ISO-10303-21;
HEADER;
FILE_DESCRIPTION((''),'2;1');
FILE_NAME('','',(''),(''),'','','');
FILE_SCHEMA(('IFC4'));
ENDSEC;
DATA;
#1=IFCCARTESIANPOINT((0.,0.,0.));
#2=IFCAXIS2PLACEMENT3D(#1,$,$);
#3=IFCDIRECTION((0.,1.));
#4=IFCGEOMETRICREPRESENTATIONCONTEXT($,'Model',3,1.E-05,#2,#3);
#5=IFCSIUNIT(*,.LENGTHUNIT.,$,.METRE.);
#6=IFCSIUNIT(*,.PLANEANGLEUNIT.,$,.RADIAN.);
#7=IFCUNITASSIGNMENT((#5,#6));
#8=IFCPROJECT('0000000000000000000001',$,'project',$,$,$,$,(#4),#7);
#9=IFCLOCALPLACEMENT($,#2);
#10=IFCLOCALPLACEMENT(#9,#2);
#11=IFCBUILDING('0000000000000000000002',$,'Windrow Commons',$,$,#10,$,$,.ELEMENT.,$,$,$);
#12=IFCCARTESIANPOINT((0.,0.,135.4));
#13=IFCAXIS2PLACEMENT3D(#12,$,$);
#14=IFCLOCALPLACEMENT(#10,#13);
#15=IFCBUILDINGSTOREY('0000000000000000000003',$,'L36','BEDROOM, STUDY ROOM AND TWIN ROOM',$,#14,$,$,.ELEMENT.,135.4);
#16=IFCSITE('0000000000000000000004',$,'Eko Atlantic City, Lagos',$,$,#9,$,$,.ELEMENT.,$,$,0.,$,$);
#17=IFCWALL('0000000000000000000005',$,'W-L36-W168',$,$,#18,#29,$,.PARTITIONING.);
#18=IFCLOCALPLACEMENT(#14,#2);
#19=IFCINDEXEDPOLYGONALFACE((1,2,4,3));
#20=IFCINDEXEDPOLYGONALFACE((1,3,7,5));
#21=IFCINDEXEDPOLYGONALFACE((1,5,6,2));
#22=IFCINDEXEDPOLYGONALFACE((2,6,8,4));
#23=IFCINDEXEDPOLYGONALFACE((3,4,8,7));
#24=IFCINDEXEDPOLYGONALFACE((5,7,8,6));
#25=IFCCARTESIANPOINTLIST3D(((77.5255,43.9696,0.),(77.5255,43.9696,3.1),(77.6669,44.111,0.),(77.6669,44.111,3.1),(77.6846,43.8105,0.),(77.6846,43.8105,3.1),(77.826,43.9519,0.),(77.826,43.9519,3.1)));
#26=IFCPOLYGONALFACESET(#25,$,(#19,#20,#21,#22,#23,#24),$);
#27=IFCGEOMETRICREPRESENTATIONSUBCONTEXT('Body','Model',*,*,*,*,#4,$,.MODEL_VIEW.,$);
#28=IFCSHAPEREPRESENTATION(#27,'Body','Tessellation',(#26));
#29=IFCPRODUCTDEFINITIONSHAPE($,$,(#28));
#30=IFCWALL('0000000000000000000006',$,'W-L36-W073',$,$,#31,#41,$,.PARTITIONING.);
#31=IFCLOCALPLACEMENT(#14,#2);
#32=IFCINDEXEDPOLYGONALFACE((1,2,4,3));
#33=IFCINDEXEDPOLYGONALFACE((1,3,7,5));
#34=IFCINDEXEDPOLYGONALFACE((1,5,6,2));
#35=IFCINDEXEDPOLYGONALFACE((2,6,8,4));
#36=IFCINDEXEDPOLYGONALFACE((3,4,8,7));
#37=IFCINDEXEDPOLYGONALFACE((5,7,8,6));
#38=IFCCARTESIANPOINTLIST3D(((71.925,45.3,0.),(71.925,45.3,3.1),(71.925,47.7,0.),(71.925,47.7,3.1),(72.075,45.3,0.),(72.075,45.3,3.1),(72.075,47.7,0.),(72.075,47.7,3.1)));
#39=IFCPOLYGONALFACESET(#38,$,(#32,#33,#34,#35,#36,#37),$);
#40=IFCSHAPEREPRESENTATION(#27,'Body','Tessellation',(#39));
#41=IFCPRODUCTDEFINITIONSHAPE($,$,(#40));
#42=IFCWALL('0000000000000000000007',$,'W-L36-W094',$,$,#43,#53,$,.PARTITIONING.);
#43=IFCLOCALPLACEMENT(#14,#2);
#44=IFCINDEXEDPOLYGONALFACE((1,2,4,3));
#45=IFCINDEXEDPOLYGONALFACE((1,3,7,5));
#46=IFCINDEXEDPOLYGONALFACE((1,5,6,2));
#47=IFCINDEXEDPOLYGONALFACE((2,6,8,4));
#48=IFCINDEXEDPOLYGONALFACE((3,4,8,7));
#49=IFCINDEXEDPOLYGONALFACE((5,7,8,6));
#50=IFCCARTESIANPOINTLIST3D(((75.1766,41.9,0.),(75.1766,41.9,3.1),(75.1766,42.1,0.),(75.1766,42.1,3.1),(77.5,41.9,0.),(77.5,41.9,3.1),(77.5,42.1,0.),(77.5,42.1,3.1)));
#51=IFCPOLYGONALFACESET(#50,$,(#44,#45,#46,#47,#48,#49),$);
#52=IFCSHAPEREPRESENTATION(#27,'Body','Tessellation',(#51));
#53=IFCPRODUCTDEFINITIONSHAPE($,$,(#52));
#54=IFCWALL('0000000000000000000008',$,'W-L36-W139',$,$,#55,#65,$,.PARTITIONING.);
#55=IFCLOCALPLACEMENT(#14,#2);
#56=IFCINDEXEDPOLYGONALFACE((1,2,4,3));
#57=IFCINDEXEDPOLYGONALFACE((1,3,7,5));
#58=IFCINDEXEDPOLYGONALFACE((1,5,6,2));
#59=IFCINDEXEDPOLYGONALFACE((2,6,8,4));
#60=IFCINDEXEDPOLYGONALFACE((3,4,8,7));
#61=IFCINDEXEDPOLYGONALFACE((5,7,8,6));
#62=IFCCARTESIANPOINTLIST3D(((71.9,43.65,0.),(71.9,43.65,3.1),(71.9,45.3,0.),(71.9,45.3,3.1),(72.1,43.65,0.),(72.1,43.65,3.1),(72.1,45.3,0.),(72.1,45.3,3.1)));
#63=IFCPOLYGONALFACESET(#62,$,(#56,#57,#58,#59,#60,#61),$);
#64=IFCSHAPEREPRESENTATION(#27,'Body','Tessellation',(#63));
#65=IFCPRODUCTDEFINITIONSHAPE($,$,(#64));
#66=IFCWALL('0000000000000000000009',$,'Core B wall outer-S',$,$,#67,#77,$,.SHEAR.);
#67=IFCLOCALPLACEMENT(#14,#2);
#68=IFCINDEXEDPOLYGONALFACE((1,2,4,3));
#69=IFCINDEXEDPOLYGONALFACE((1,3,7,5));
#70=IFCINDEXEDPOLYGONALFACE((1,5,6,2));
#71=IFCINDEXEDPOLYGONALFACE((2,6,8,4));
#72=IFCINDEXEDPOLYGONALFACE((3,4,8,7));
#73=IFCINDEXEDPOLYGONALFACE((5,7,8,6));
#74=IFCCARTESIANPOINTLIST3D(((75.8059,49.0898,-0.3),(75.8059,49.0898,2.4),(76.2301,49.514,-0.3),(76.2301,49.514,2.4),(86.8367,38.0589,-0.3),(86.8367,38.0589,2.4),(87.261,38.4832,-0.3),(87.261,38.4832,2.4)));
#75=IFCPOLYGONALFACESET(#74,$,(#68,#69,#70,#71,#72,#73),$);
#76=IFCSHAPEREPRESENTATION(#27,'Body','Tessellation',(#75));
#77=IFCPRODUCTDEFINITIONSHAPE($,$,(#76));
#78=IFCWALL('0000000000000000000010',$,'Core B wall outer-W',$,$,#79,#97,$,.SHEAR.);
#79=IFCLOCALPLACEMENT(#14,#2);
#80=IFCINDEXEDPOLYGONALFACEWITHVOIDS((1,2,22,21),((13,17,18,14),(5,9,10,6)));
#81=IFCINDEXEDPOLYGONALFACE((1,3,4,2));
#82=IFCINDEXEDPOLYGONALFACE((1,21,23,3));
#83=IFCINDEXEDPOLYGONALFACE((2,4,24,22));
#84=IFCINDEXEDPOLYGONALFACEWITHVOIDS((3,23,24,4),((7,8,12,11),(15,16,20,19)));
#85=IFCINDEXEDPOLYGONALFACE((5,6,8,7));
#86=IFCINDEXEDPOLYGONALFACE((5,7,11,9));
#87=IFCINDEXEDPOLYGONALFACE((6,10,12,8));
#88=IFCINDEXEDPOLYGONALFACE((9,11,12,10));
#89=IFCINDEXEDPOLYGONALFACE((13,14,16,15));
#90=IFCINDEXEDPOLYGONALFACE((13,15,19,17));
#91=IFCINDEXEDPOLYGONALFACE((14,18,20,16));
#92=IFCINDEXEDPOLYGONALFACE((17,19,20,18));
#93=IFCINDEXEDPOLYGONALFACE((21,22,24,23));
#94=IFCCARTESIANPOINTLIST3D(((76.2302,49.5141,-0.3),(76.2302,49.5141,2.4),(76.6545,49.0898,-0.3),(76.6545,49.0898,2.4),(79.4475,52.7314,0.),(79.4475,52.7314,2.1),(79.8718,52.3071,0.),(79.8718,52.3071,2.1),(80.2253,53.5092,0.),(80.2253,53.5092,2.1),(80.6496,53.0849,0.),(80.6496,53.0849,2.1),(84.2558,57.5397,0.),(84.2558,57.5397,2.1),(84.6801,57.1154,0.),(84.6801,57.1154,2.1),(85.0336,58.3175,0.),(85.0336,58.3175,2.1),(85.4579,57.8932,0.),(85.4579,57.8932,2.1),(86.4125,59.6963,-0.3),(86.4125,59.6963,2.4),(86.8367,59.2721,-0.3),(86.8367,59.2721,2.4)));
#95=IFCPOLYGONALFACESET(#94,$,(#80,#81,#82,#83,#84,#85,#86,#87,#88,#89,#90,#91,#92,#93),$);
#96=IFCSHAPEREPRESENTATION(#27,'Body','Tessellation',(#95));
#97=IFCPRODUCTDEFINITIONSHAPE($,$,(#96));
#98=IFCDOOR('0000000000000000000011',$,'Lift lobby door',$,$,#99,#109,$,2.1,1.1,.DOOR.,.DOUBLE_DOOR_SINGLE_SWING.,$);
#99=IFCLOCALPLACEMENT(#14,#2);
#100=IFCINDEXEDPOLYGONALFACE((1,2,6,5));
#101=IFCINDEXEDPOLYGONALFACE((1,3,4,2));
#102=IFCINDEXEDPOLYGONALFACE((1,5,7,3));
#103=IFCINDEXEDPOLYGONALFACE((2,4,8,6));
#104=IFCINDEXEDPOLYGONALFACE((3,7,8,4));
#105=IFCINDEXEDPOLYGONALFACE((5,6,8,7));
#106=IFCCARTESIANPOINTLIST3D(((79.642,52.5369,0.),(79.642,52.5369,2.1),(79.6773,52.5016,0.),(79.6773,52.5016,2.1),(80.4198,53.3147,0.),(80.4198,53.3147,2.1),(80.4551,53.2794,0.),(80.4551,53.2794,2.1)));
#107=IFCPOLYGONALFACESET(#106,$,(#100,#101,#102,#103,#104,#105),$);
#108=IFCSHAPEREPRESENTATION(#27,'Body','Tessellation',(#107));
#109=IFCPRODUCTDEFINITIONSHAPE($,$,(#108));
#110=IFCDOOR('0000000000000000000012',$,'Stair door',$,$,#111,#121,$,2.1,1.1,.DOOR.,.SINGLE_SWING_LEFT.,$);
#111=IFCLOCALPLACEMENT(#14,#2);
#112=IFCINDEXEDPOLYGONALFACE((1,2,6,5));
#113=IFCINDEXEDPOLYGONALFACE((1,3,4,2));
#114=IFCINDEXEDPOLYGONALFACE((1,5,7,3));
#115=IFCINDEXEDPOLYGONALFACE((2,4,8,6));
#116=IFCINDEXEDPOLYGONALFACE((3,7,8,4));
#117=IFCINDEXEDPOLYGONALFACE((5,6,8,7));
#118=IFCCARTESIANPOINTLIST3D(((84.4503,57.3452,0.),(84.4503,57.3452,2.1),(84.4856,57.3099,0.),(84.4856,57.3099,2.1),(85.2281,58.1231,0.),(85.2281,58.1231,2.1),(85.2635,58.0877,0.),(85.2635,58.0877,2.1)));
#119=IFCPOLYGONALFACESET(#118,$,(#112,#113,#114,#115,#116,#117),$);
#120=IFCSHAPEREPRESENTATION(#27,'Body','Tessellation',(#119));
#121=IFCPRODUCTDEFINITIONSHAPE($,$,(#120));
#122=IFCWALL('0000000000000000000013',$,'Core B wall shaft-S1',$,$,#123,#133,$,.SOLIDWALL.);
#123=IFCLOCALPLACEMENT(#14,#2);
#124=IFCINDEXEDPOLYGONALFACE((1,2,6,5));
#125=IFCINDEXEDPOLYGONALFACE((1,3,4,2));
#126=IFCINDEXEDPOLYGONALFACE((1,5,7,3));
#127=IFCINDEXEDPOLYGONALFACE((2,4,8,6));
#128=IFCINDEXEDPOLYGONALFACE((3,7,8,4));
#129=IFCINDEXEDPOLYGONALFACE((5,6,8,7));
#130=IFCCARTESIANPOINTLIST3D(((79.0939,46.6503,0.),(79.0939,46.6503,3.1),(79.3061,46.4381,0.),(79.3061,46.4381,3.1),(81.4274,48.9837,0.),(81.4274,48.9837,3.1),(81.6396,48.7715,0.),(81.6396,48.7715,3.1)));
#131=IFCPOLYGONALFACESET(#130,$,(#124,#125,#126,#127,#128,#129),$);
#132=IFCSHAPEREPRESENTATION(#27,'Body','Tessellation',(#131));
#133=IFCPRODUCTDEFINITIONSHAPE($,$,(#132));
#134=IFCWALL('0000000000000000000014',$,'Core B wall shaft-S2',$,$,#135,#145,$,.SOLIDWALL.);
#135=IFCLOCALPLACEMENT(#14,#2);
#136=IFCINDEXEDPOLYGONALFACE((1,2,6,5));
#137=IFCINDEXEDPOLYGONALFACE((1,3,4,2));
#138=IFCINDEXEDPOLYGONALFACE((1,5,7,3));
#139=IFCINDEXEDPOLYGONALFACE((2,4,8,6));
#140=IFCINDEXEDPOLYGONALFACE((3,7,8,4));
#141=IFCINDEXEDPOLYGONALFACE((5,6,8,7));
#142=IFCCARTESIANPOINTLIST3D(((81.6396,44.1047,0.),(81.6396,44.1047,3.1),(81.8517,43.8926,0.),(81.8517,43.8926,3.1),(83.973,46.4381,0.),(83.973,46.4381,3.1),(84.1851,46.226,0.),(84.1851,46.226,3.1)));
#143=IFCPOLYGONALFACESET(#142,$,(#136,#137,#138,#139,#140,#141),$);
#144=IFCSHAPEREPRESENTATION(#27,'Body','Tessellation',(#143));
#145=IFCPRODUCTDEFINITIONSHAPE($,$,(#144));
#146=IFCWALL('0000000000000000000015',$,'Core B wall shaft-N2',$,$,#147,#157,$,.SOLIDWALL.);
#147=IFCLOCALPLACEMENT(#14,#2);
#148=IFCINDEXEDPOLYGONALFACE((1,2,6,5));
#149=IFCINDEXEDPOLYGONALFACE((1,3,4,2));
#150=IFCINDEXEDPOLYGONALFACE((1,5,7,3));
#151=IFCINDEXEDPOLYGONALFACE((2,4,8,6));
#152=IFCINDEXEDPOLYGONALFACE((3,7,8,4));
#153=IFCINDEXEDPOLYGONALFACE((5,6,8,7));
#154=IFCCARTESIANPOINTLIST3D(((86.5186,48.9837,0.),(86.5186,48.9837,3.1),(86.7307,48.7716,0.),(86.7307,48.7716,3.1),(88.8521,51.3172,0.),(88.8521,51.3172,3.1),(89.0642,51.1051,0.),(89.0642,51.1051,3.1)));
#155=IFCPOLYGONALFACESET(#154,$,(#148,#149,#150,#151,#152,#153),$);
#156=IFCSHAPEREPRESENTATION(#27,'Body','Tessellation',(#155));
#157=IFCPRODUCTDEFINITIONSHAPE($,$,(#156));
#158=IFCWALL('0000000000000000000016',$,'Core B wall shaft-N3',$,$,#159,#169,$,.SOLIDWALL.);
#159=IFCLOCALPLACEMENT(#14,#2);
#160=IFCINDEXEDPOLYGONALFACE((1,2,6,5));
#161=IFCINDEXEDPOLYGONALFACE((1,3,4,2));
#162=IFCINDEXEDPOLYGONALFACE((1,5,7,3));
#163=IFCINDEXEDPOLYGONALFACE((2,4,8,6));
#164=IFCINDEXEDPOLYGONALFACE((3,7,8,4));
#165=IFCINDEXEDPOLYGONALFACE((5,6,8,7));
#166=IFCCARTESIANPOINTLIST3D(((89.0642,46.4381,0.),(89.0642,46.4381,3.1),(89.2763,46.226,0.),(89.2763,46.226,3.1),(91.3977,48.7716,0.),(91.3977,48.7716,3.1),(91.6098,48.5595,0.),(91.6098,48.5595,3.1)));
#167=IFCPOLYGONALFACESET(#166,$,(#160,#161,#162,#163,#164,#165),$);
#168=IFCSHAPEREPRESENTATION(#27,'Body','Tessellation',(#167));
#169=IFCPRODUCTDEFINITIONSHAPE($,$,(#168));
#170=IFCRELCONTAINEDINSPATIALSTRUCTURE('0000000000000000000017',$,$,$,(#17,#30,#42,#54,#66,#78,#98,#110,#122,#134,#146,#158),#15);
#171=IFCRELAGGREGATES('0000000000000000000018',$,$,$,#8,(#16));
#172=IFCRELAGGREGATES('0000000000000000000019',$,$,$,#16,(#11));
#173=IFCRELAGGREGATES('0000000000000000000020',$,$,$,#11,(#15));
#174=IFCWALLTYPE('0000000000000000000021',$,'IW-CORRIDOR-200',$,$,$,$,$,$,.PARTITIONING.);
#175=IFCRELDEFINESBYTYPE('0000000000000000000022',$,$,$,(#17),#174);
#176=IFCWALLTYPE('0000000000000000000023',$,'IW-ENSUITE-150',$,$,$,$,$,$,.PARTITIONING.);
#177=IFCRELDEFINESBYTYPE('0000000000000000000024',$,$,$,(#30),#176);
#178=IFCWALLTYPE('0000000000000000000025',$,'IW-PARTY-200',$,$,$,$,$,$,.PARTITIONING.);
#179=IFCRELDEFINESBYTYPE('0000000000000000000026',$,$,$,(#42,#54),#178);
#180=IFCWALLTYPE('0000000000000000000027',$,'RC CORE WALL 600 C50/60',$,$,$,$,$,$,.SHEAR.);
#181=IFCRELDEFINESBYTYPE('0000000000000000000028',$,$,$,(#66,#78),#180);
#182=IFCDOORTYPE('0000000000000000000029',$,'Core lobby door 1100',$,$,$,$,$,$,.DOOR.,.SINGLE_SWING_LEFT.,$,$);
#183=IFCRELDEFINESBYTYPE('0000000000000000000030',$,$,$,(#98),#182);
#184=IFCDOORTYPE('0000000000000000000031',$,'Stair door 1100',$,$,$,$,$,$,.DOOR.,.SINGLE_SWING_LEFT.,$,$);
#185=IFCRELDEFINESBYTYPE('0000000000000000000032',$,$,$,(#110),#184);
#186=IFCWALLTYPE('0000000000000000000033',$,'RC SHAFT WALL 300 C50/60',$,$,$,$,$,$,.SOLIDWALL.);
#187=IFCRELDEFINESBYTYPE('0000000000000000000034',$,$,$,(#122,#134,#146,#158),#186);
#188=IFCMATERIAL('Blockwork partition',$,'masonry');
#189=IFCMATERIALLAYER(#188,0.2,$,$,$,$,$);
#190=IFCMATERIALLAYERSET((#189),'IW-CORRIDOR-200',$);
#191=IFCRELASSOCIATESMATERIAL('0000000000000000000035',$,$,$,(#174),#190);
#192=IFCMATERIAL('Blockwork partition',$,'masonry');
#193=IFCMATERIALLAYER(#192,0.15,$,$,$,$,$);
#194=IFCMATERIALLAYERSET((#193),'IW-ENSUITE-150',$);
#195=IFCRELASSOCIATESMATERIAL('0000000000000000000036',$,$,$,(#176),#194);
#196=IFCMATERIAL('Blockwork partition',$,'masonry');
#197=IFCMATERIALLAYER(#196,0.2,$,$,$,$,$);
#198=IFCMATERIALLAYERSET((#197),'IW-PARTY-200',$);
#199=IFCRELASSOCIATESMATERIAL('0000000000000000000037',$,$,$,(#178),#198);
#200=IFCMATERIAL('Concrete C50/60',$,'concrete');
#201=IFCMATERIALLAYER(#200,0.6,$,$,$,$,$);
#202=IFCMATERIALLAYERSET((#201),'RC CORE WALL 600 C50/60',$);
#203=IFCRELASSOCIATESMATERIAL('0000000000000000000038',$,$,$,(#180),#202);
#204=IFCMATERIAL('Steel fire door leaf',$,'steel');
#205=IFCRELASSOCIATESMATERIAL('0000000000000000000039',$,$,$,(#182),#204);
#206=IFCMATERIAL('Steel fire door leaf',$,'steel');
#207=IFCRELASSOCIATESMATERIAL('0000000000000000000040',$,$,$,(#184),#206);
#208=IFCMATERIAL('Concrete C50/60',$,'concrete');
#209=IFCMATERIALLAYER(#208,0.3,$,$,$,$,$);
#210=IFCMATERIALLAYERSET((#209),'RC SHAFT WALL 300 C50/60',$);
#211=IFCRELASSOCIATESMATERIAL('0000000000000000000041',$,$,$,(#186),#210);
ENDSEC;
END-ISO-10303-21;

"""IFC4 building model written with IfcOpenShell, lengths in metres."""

from ifc_helpers import new_model, si_unit, direction, frame, frame_2d, origin, place, context, subcontext, project, spatial, rectangle, extrude, material, layer, layer_set, type_object, element, fill, save


model = new_model("IFC4")

# Units and contexts
model_context = context("Model", 3, precision=1e-05, world=origin(), true_north=direction((0.0, 1.0)))
body_context = subcontext(model_context, "Body", "Model", "MODEL_VIEW")
ifc_project = project(units=[si_unit("LENGTHUNIT", "METRE"), si_unit("PLANEANGLEUNIT", "RADIAN")], contexts=[model_context])

# Site, building, storey
site_placement = place(None, origin())
site = spatial("IfcSite", under=ifc_project, at=site_placement, Name="Eko Atlantic City, Lagos", CompositionType="ELEMENT", RefElevation=0.0)
building_placement = place(site_placement, origin())
building = spatial("IfcBuilding", under=site, at=building_placement, Name="Windrow Commons", CompositionType="ELEMENT")
storey_placement = place(building_placement, frame((0.0, 0.0, 135.4)))
storey = spatial("IfcBuildingStorey", under=building, at=storey_placement, Name="L36", Description="BEDROOM, STUDY ROOM AND TWIN ROOM", CompositionType="ELEMENT", Elevation=135.4)

# Shared definitions
ifc_material_1 = material(Name="Blockwork partition", Category="masonry")
ifc_layer_1 = layer(ifc_material_1, 0.2)
ifc_layer_set_1 = layer_set([ifc_layer_1], Name="IW-CORRIDOR-200")
wall_type_1 = type_object("IfcWallType", Name="IW-CORRIDOR-200", PredefinedType="PARTITIONING", material=ifc_layer_set_1)

# Walls
wall_1_placement = place(storey_placement, frame((77.5962, 44.0403, 0.0), z_axis=(0.0, 0.0, 1.0), x_axis=(0.707107, -0.707107, 0.0)))
element("IfcWall", 1, at=wall_1_placement, inside=storey, type_object=wall_type_1, Name="W-L36-W168", PredefinedType="PARTITIONING", context=body_context, shape_type="SweptSolid", body=[
    extrude(rectangle(XDim=0.225, YDim=0.2, at=frame_2d((0.1125, 0.0))), origin(), (0.0, 0.0, 1.0), 3.1),
])
ifc_material_2 = material(Name="Blockwork partition", Category="masonry")
ifc_layer_2 = layer(ifc_material_2, 0.15)
ifc_layer_set_2 = layer_set([ifc_layer_2], Name="IW-ENSUITE-150")
wall_type_2 = type_object("IfcWallType", Name="IW-ENSUITE-150", PredefinedType="PARTITIONING", material=ifc_layer_set_2)
wall_2_placement = place(storey_placement, frame((72.0, 45.3, 0.0), z_axis=(0.0, 0.0, 1.0), x_axis=(0.0, 1.0, 0.0)))
element("IfcWall", 2, at=wall_2_placement, inside=storey, type_object=wall_type_2, Name="W-L36-W073", PredefinedType="PARTITIONING", context=body_context, shape_type="SweptSolid", body=[
    extrude(rectangle(XDim=2.4, YDim=0.15, at=frame_2d((1.2, 0.0))), origin(), (0.0, 0.0, 1.0), 3.1),
])
ifc_material_3 = material(Name="Blockwork partition", Category="masonry")
ifc_layer_3 = layer(ifc_material_3, 0.2)
ifc_layer_set_3 = layer_set([ifc_layer_3], Name="IW-PARTY-200")
wall_type_3 = type_object("IfcWallType", Name="IW-PARTY-200", PredefinedType="PARTITIONING", material=ifc_layer_set_3)
wall_3_placement = place(storey_placement, frame((75.1765, 42.0, 0.0), z_axis=(0.0, 0.0, 1.0), x_axis=(1.0, 0.0, 0.0)))
element("IfcWall", 3, at=wall_3_placement, inside=storey, type_object=wall_type_3, Name="W-L36-W094", PredefinedType="PARTITIONING", context=body_context, shape_type="SweptSolid", body=[
    extrude(rectangle(XDim=2.3235, YDim=0.2, at=frame_2d((1.1618, 0.0))), origin(), (0.0, 0.0, 1.0), 3.1),
])
wall_4_placement = place(storey_placement, frame((72.0, 43.65, 0.0), z_axis=(0.0, 0.0, 1.0), x_axis=(0.0, 1.0, 0.0)))
element("IfcWall", 4, at=wall_4_placement, inside=storey, type_object=wall_type_3, Name="W-L36-W139", PredefinedType="PARTITIONING", context=body_context, shape_type="SweptSolid", body=[
    extrude(rectangle(XDim=1.65, YDim=0.2, at=frame_2d((0.825, 0.0))), origin(), (0.0, 0.0, 1.0), 3.1),
])
ifc_material_4 = material(Name="Concrete C50/60", Category="concrete")
ifc_layer_4 = layer(ifc_material_4, 0.6)
ifc_layer_set_4 = layer_set([ifc_layer_4], Name="RC CORE WALL 600 C50/60")
wall_type_4 = type_object("IfcWallType", Name="RC CORE WALL 600 C50/60", PredefinedType="SHEAR", material=ifc_layer_set_4)
wall_5_placement = place(storey_placement, frame((76.018, 49.3019, -0.3), z_axis=(0.0, 0.0, 1.0), x_axis=(0.707107, -0.707107, 0.0)))
element("IfcWall", 5, at=wall_5_placement, inside=storey, type_object=wall_type_4, Name="Core B wall outer-S", PredefinedType="SHEAR", context=body_context, shape_type="SweptSolid", body=[
    extrude(rectangle(XDim=15.6, YDim=0.6, at=frame_2d((7.8, 0.0))), origin(), (0.0, 0.0, 1.0), 2.7),
])

# Wall, openings, doors
wall_6_placement = place(storey_placement, frame((76.4423, 49.3019, -0.3), z_axis=(0.0, 0.0, 1.0), x_axis=(0.707107, 0.707107, 0.0)))
wall_6 = element("IfcWall", 6, at=wall_6_placement, inside=storey, type_object=wall_type_4, Name="Core B wall outer-W", PredefinedType="SHEAR", context=body_context, shape_type="SweptSolid", body=[
    extrude(rectangle(XDim=14.3999, YDim=0.6, at=frame_2d((7.2, 0.0))), origin(), (0.0, 0.0, 1.0), 2.7),
])
opening_1_placement = place(wall_6_placement, frame((4.55, 0.0, 0.3)))
opening_1 = element("IfcOpeningElement", 7, at=opening_1_placement, cuts=wall_6, PredefinedType="OPENING", context=body_context, shape_type="SweptSolid", body=[
    extrude(rectangle(XDim=1.1, YDim=2.1, at=frame_2d((0.55, 1.05))), frame((0.0, 0.31, 0.0), z_axis=(0.0, -1.0, 0.0), x_axis=(1.0, 0.0, 0.0)), (0.0, 0.0, 1.0), 0.62),
])
opening_2_placement = place(wall_6_placement, frame((11.35, 0.0, 0.3)))
opening_2 = element("IfcOpeningElement", 8, at=opening_2_placement, cuts=wall_6, PredefinedType="OPENING", context=body_context, shape_type="SweptSolid", body=[
    extrude(rectangle(XDim=1.1, YDim=2.1, at=frame_2d((0.55, 1.05))), frame((0.0, 0.31, 0.0), z_axis=(0.0, -1.0, 0.0), x_axis=(1.0, 0.0, 0.0)), (0.0, 0.0, 1.0), 0.62),
])
ifc_material_5 = material(Name="Steel fire door leaf", Category="steel")
door_type_1 = type_object("IfcDoorType", Name="Core lobby door 1100", OperationType="SINGLE_SWING_LEFT", PredefinedType="DOOR", material=ifc_material_5)
door_1_placement = place(opening_1_placement, origin())
door_1 = element("IfcDoor", 9, at=door_1_placement, inside=storey, type_object=door_type_1, Name="Lift lobby door", OperationType="DOUBLE_DOOR_SINGLE_SWING", OverallHeight=2.1, OverallWidth=1.1, PredefinedType="DOOR", context=body_context, shape_type="SweptSolid", body=[
    extrude(rectangle(XDim=1.1, YDim=2.1, at=frame_2d((0.55, 1.05))), frame((0.0, 0.025, 0.0), z_axis=(0.0, -1.0, 0.0), x_axis=(1.0, 0.0, 0.0)), (0.0, 0.0, 1.0), 0.05),
])
fill(opening_1, door_1)
ifc_material_6 = material(Name="Steel fire door leaf", Category="steel")
door_type_2 = type_object("IfcDoorType", Name="Stair door 1100", OperationType="SINGLE_SWING_LEFT", PredefinedType="DOOR", material=ifc_material_6)
door_2_placement = place(opening_2_placement, origin())
door_2 = element("IfcDoor", 10, at=door_2_placement, inside=storey, type_object=door_type_2, Name="Stair door", OperationType="SINGLE_SWING_LEFT", OverallHeight=2.1, OverallWidth=1.1, PredefinedType="DOOR", context=body_context, shape_type="SweptSolid", body=[
    extrude(rectangle(XDim=1.1, YDim=2.1, at=frame_2d((0.55, 1.05))), frame((0.0, 0.025, 0.0), z_axis=(0.0, -1.0, 0.0), x_axis=(1.0, 0.0, 0.0)), (0.0, 0.0, 1.0), 0.05),
])
fill(opening_2, door_2)

# Walls
ifc_material_7 = material(Name="Concrete C50/60", Category="concrete")
ifc_layer_5 = layer(ifc_material_7, 0.3)
ifc_layer_set_5 = layer_set([ifc_layer_5], Name="RC SHAFT WALL 300 C50/60")
wall_type_5 = type_object("IfcWallType", Name="RC SHAFT WALL 300 C50/60", PredefinedType="SOLIDWALL", material=ifc_layer_set_5)
wall_7_placement = place(storey_placement, frame((79.2, 46.5442, 0.0), z_axis=(0.0, 0.0, 1.0), x_axis=(0.707122, 0.707092, 0.0)))
element("IfcWall", 11, at=wall_7_placement, inside=storey, type_object=wall_type_5, Name="Core B wall shaft-S1", PredefinedType="SOLIDWALL", context=body_context, shape_type="SweptSolid", body=[
    extrude(rectangle(XDim=3.3, YDim=0.3, at=frame_2d((1.65, 0.0))), origin(), (0.0, 0.0, 1.0), 3.1),
])
wall_8_placement = place(storey_placement, frame((81.7456, 43.9986, 0.0), z_axis=(0.0, 0.0, 1.0), x_axis=(0.707107, 0.707107, 0.0)))
element("IfcWall", 12, at=wall_8_placement, inside=storey, type_object=wall_type_5, Name="Core B wall shaft-S2", PredefinedType="SOLIDWALL", context=body_context, shape_type="SweptSolid", body=[
    extrude(rectangle(XDim=3.2999, YDim=0.3, at=frame_2d((1.65, 0.0))), origin(), (0.0, 0.0, 1.0), 3.1),
])
for number, where, z_axis, x_axis, name in (
    (13, (86.6246, 48.8776, 0.0), (0.0, 0.0, 1.0), (0.707107, 0.707107, 0.0), "Core B wall shaft-N2"),
    (14, (89.1702, 46.332, 0.0), (0.0, 0.0, 1.0), (0.707107, 0.707107, 0.0), "Core B wall shaft-N3"),
):
    element("IfcWall", number, at=place(storey_placement, frame(where, z_axis=z_axis, x_axis=x_axis)), inside=storey, type_object=wall_type_5, Name=name, PredefinedType="SOLIDWALL", context=body_context, shape_type="SweptSolid", body=[
        extrude(rectangle(XDim=3.3001, YDim=0.3, at=frame_2d((1.6501, 0.0))), origin(), (0.0, 0.0, 1.0), 3.1),
    ])

save(model, "model.ifc")
